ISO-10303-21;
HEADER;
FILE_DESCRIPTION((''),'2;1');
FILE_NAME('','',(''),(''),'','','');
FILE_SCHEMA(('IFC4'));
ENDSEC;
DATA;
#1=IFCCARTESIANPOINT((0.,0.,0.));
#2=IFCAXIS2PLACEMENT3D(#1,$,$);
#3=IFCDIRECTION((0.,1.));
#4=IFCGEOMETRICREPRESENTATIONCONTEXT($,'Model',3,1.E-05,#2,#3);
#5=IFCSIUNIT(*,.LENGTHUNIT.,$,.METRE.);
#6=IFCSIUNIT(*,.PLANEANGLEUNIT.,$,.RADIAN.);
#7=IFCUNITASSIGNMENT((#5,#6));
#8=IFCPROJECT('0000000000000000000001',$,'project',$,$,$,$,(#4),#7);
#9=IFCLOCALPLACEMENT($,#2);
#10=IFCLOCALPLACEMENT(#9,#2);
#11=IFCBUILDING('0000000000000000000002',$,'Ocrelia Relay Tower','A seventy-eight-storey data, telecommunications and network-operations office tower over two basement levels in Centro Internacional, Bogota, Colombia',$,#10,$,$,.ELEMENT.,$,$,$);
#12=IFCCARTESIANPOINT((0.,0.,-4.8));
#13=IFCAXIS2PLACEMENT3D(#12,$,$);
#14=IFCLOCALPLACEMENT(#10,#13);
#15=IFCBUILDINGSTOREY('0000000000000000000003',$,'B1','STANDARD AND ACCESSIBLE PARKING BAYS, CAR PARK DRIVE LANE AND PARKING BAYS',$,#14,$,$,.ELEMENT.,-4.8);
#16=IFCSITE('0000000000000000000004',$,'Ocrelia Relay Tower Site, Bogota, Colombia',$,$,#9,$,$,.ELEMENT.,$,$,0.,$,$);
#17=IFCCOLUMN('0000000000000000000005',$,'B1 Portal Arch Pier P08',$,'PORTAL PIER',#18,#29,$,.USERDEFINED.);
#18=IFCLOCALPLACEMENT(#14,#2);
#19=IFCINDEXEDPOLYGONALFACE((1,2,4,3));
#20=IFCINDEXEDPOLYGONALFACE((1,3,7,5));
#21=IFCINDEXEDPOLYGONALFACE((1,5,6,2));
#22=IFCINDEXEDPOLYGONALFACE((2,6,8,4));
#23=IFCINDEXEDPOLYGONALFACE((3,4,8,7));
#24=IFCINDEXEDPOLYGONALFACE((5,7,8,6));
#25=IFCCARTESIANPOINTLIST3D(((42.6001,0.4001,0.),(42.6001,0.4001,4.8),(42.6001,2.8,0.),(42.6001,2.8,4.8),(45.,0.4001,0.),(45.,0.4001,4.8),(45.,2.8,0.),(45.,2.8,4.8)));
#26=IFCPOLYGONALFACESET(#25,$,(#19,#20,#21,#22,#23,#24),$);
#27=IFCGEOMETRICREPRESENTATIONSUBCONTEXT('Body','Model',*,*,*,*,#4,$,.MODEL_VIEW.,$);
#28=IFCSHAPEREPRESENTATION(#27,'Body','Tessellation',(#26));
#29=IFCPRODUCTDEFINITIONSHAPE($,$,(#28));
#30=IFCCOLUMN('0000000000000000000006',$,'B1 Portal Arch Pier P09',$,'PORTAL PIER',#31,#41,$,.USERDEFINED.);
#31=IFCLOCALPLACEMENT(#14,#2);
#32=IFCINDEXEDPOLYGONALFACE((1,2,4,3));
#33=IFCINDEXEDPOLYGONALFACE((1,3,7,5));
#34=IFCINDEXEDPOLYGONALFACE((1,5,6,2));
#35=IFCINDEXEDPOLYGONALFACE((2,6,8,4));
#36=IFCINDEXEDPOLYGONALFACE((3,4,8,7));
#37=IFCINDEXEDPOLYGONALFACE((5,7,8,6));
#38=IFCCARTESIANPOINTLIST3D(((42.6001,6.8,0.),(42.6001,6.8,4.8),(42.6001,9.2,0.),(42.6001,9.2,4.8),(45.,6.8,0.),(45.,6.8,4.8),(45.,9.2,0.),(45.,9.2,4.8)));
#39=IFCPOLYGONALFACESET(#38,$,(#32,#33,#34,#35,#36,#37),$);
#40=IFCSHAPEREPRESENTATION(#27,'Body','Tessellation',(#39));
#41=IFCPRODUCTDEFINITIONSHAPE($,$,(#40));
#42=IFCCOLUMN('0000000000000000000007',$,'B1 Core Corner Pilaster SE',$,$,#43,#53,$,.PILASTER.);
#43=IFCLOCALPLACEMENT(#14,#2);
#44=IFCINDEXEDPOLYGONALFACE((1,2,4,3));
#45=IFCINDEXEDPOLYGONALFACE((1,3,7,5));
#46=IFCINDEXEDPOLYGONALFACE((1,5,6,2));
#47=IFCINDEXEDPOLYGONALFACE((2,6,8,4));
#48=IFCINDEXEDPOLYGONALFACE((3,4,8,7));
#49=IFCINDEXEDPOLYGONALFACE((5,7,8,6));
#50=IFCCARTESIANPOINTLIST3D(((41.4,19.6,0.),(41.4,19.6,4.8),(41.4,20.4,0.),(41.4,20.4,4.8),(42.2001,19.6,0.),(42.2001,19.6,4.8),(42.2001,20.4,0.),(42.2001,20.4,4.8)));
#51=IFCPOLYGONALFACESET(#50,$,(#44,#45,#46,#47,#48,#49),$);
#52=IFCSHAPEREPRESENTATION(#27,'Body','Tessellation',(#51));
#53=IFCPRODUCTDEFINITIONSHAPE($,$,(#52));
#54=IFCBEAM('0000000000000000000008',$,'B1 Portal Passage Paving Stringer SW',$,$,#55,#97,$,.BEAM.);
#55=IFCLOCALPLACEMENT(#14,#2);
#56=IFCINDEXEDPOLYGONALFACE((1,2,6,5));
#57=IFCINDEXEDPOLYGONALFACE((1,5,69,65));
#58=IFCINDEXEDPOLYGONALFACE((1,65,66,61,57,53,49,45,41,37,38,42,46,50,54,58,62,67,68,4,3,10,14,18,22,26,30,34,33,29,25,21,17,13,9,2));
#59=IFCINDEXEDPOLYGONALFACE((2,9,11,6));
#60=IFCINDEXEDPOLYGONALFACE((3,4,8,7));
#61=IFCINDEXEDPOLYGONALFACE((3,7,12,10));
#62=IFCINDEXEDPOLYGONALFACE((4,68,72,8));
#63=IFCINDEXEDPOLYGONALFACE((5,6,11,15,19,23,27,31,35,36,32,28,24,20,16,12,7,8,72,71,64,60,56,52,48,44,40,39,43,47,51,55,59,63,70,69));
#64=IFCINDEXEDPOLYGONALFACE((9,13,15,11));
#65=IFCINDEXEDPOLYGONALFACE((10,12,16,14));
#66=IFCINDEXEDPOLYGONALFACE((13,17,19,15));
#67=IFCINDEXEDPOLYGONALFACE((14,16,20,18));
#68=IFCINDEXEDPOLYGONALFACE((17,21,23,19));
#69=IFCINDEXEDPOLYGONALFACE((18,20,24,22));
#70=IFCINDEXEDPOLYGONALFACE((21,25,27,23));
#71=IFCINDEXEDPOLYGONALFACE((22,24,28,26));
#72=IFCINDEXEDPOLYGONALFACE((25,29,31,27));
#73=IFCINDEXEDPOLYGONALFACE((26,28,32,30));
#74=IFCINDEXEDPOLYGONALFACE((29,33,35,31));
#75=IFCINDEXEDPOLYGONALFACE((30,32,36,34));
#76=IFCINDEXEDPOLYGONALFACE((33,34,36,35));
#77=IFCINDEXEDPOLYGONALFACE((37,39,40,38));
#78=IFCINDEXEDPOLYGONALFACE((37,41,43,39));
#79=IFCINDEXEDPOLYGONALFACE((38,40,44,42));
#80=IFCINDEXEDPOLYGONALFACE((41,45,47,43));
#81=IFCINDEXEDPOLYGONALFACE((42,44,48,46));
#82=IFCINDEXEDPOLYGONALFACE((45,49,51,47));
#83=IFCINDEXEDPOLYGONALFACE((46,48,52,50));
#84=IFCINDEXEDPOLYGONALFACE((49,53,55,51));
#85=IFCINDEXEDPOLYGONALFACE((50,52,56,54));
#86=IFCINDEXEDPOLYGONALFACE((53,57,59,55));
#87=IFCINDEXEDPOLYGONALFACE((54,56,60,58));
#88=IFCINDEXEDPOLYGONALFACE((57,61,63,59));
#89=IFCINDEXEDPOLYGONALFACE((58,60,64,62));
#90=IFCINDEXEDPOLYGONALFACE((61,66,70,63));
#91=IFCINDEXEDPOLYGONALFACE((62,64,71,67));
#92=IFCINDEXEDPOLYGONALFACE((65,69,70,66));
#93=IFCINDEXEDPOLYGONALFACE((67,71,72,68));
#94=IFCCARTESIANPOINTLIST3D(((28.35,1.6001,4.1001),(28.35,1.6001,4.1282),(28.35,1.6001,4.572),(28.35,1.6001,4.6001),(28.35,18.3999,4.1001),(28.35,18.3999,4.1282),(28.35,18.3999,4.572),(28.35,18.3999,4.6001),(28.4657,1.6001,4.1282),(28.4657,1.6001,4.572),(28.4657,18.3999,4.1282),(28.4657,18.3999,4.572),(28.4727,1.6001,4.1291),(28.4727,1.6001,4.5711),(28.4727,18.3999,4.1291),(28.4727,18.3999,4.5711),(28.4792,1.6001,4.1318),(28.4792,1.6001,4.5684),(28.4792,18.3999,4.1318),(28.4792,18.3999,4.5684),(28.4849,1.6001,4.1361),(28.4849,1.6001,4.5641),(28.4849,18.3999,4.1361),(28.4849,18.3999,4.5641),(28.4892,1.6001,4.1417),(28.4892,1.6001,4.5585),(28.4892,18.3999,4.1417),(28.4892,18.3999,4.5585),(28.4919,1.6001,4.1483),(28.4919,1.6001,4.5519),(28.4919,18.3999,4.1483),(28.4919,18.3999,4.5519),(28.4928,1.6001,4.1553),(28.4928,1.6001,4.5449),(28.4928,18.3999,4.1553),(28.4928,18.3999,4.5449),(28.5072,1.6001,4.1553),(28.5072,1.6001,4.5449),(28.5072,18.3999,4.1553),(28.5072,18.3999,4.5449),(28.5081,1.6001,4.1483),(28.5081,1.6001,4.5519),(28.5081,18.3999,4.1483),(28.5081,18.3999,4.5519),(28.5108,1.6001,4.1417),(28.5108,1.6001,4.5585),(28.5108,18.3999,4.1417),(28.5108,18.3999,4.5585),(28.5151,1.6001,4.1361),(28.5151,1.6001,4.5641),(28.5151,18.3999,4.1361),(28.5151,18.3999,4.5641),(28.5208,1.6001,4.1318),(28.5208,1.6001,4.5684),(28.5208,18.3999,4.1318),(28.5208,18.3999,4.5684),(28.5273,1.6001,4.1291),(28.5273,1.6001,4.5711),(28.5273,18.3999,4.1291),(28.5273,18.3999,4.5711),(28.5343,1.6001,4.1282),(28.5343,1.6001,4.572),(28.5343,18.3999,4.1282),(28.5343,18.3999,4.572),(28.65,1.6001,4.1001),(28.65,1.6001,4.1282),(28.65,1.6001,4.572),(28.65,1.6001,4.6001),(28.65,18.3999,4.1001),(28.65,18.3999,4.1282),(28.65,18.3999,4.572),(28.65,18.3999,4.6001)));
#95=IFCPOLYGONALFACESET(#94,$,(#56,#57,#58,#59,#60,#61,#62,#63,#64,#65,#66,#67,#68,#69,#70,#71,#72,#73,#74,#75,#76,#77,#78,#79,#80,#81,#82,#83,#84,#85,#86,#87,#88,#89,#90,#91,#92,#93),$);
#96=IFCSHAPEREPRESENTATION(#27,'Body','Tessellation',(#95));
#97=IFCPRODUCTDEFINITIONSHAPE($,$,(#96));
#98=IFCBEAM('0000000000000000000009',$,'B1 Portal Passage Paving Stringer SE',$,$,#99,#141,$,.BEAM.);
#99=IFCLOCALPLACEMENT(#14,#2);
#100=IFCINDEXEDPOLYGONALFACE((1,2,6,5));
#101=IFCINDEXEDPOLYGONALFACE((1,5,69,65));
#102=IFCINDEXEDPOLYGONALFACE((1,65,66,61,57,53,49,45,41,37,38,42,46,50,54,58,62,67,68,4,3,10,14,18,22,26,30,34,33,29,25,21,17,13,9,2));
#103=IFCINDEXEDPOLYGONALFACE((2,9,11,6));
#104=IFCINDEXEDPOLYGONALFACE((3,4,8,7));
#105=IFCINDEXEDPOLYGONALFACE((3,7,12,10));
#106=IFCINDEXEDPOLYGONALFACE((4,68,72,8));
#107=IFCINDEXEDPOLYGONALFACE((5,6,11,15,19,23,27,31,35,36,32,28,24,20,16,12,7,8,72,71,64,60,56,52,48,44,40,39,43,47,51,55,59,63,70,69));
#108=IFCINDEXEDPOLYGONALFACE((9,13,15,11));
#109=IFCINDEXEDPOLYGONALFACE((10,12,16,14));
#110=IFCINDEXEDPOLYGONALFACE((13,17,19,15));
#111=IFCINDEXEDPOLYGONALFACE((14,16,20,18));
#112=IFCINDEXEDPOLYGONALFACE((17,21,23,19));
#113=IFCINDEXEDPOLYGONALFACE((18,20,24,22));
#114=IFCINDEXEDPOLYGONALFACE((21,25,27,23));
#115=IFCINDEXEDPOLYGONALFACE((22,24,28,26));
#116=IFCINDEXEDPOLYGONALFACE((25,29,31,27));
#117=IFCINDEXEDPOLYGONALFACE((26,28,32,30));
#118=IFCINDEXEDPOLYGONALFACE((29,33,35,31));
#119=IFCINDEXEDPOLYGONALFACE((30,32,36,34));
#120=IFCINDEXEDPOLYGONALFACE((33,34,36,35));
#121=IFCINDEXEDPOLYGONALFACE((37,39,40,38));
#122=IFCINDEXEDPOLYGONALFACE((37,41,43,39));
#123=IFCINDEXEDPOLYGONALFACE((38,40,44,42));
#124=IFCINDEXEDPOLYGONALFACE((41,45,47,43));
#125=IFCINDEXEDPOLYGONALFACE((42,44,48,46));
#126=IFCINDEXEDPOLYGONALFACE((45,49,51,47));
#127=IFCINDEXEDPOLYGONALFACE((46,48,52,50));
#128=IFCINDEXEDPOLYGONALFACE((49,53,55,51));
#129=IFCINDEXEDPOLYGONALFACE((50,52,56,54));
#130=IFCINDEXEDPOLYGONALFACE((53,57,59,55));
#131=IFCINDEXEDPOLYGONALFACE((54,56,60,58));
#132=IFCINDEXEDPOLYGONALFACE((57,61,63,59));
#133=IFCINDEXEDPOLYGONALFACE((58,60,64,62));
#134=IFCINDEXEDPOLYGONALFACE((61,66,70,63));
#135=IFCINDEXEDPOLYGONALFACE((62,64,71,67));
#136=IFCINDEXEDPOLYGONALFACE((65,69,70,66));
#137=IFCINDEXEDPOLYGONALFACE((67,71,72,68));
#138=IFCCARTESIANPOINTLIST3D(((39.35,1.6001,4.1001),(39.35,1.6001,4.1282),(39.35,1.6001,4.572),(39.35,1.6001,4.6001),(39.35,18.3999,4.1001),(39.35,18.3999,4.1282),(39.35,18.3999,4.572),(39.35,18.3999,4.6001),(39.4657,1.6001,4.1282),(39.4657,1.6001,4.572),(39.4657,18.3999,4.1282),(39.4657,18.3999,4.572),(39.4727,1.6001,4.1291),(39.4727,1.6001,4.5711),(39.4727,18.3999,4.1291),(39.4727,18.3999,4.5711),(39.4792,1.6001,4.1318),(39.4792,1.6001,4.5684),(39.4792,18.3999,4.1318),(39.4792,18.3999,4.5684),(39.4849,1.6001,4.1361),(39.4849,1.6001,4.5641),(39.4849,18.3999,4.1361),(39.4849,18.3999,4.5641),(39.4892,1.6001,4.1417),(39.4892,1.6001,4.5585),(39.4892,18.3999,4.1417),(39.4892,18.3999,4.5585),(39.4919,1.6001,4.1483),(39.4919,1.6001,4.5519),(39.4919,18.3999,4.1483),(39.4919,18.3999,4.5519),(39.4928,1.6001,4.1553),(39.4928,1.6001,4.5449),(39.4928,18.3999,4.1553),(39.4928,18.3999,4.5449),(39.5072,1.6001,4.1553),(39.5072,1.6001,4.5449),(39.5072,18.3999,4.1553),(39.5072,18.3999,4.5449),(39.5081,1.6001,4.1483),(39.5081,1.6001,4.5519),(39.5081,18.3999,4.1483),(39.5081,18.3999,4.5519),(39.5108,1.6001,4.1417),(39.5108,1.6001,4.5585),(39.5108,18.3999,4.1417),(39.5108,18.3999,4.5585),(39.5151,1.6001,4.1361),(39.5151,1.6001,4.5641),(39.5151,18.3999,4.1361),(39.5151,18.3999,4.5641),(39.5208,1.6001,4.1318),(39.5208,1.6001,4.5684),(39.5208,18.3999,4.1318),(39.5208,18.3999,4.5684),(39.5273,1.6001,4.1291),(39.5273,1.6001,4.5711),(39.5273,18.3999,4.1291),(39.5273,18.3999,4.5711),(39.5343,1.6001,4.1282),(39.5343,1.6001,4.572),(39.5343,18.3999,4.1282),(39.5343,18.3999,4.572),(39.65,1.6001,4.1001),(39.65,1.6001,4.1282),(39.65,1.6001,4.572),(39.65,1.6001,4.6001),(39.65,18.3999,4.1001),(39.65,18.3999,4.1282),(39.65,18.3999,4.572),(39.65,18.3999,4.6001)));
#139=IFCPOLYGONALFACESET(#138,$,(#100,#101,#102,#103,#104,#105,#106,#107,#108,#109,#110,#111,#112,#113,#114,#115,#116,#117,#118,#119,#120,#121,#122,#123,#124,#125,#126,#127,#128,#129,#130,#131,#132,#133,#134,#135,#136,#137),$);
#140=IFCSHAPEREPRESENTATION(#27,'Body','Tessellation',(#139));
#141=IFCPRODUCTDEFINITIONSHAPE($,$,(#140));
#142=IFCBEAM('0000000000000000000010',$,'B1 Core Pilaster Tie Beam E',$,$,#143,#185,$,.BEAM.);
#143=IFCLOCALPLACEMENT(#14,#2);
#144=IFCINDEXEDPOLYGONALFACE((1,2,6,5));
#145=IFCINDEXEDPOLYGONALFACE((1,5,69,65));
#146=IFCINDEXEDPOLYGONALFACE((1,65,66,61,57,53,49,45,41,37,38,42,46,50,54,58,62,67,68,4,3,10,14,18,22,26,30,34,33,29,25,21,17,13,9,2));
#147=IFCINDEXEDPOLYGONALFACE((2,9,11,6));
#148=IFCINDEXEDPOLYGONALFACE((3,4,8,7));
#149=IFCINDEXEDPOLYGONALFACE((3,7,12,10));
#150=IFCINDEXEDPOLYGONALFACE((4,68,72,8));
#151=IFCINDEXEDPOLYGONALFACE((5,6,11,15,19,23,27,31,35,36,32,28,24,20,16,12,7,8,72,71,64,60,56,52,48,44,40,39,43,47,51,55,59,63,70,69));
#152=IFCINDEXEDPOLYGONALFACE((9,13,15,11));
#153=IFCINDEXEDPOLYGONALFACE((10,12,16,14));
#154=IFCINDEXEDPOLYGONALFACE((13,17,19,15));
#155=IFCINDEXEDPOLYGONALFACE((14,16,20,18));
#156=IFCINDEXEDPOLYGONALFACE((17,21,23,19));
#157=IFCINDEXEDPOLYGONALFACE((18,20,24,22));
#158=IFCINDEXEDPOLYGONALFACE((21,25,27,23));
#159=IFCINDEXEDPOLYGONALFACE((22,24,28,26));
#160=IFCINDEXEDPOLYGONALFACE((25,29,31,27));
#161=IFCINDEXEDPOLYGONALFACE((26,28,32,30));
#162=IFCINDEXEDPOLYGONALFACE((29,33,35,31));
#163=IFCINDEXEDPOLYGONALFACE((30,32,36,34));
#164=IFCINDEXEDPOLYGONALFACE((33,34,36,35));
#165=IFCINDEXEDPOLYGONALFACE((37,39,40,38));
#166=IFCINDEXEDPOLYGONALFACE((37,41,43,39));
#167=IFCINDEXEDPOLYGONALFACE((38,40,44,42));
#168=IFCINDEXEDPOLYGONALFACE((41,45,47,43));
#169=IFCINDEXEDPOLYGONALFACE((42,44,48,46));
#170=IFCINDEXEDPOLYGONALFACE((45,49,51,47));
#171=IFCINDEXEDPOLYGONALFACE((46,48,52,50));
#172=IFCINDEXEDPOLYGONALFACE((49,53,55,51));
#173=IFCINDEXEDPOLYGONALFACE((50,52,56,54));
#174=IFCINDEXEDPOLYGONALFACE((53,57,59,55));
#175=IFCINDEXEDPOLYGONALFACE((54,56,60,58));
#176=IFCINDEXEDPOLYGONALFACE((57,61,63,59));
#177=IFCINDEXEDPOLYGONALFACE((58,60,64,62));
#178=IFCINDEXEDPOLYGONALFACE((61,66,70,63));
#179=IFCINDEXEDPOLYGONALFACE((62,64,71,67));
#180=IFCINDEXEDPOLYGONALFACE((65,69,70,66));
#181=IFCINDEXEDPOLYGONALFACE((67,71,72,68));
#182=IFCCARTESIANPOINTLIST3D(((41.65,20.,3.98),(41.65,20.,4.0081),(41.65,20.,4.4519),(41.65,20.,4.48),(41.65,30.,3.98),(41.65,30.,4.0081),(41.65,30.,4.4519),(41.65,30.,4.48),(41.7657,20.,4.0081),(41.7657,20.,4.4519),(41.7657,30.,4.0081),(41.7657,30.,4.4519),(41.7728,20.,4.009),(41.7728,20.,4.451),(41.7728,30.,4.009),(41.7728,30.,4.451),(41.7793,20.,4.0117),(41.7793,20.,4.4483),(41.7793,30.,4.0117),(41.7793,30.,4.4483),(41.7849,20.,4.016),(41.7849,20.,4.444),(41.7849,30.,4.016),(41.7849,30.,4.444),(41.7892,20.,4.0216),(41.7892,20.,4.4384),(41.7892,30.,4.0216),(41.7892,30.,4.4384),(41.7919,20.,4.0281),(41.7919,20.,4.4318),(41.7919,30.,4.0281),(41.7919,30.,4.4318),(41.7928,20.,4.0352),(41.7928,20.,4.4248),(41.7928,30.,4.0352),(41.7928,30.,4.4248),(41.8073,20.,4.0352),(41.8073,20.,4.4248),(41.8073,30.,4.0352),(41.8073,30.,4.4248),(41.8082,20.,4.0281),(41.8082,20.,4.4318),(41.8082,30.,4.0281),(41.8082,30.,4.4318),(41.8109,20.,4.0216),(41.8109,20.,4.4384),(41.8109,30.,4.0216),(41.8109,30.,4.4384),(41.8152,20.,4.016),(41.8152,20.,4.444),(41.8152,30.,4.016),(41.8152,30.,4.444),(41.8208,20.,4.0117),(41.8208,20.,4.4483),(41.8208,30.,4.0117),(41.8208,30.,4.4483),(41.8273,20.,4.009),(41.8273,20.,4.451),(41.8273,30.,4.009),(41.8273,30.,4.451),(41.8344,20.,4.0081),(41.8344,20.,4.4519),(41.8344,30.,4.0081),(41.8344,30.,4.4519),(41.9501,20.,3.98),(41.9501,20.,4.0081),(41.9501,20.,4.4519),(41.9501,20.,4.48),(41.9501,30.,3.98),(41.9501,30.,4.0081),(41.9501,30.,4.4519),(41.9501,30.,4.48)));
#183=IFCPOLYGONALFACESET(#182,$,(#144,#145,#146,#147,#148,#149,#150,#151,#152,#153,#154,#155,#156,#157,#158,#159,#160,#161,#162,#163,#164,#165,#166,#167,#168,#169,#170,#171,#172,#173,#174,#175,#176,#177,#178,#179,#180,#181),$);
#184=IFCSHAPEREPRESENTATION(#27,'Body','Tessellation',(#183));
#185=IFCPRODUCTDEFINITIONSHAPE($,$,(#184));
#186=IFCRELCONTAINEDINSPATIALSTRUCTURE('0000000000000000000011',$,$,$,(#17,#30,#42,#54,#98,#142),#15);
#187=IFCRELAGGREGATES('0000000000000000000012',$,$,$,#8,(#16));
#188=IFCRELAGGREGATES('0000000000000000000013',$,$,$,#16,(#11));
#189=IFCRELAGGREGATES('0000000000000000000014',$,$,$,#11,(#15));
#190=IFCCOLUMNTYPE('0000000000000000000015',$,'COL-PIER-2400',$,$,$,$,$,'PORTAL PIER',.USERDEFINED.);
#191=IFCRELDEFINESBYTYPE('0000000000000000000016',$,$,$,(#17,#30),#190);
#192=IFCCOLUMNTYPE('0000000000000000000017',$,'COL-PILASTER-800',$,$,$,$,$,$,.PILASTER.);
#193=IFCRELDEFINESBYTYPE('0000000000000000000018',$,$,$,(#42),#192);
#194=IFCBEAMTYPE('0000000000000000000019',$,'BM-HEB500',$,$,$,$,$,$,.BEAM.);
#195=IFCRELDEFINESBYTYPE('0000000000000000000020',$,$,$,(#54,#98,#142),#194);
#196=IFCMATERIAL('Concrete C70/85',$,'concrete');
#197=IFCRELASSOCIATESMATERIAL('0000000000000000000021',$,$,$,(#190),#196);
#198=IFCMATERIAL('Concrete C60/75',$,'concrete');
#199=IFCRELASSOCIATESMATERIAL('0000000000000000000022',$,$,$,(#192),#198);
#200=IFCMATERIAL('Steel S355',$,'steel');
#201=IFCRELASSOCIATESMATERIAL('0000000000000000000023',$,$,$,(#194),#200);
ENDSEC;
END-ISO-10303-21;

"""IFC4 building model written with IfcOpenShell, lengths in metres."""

from ifc_helpers import new_model, si_unit, direction, frame, origin, origin_2d, place, context, subcontext, project, spatial, rectangle, i_section, extrude, material, material_profile, profile_set, type_object, element, save


model = new_model("IFC4")

# Units and contexts
model_context = context("Model", 3, precision=1e-05, world=origin(), true_north=direction((0.0, 1.0)))
body_context = subcontext(model_context, "Body", "Model", "MODEL_VIEW")
ifc_project = project(units=[si_unit("LENGTHUNIT", "METRE"), si_unit("PLANEANGLEUNIT", "RADIAN")], contexts=[model_context])

# Site, building, storey
site_placement = place(None, origin())
site = spatial("IfcSite", under=ifc_project, at=site_placement, Name="Ocrelia Relay Tower Site, Bogota, Colombia", CompositionType="ELEMENT", RefElevation=0.0)
building_placement = place(site_placement, origin())
building = spatial("IfcBuilding", under=site, at=building_placement, Name="Ocrelia Relay Tower", Description="A seventy-eight-storey data, telecommunications and network-operations office tower over two basement levels in Centro Internacional, Bogota, Colombia", CompositionType="ELEMENT")
storey_placement = place(building_placement, frame((0.0, 0.0, -4.8)))
storey = spatial("IfcBuildingStorey", under=building, at=storey_placement, Name="B1", Description="STANDARD AND ACCESSIBLE PARKING BAYS, CAR PARK DRIVE LANE AND PARKING BAYS", CompositionType="ELEMENT", Elevation=-4.8)

# Columns
ifc_material_1 = material(Name="Concrete C70/85", Category="concrete")
ifc_material_profile_1 = material_profile(ifc_material_1, rectangle(XDim=2.3999, YDim=2.3999, at=origin_2d()), Name="RC-PIER-2400x2400")
ifc_profile_set_1 = profile_set([ifc_material_profile_1], Name="Concrete C70/85")
column_type_1 = type_object("IfcColumnType", Name="COL-PIER-2400", ElementType="PORTAL PIER", PredefinedType="USERDEFINED", material=ifc_profile_set_1)
for number, where, z_axis, x_axis, name in (
    (1, (43.8, 1.6001, 0.0), (0.0, 0.0, 1.0), (1.0, 0.0, 0.0), "B1 Portal Arch Pier P08"),
    (2, (43.8, 8.0, 0.0), (0.0, 0.0, 1.0), (1.0, 0.0, 0.0), "B1 Portal Arch Pier P09"),
):
    element("IfcColumn", number, at=place(storey_placement, frame(where, z_axis=z_axis, x_axis=x_axis)), inside=storey, type_object=column_type_1, Name=name, ObjectType="PORTAL PIER", PredefinedType="USERDEFINED", context=body_context, shape_type="SweptSolid", body=[
        extrude(rectangle(XDim=2.3999, YDim=2.3999, at=origin_2d()), origin(), (0.0, 0.0, 1.0), 4.8),
    ])
ifc_material_2 = material(Name="Concrete C60/75", Category="concrete")
ifc_material_profile_2 = material_profile(ifc_material_2, rectangle(XDim=0.8, YDim=0.8, at=origin_2d()), Name="RC-COL-800x800")
ifc_profile_set_2 = profile_set([ifc_material_profile_2], Name="Concrete C60/75")
column_type_2 = type_object("IfcColumnType", Name="COL-PILASTER-800", PredefinedType="PILASTER", material=ifc_profile_set_2)
column_placement = place(storey_placement, frame((41.8, 20.0, 0.0), z_axis=(0.0, 0.0, 1.0), x_axis=(1.0, 0.0, 0.0)))
element("IfcColumn", 3, at=column_placement, inside=storey, type_object=column_type_2, Name="B1 Core Corner Pilaster SE", PredefinedType="PILASTER", context=body_context, shape_type="SweptSolid", body=[
    extrude(rectangle(XDim=0.8, YDim=0.8, at=origin_2d()), origin(), (0.0, 0.0, 1.0), 4.8),
])

# Beams
ifc_material_3 = material(Name="Steel S355", Category="steel")
ifc_material_profile_3 = material_profile(ifc_material_3, i_section(OverallWidth=0.3, OverallDepth=0.5, WebThickness=0.0144, FlangeThickness=0.0281, FilletRadius=0.0271, at=origin_2d()), Name="HEB 500")
ifc_profile_set_3 = profile_set([ifc_material_profile_3], Name="Steel S355")
beam_type_1 = type_object("IfcBeamType", Name="BM-HEB500", PredefinedType="BEAM", material=ifc_profile_set_3)
for number, where, z_axis, x_axis, name in (
    (4, (28.5, 1.6001, 4.3501), (0.0, 1.0, 0.0), (-1.0, 0.0, 0.0), "B1 Portal Passage Paving Stringer SW"),
    (5, (39.5, 1.6001, 4.3501), (0.0, 1.0, 0.0), (-1.0, 0.0, 0.0), "B1 Portal Passage Paving Stringer SE"),
):
    element("IfcBeam", number, at=place(storey_placement, frame(where, z_axis=z_axis, x_axis=x_axis)), inside=storey, type_object=beam_type_1, Name=name, PredefinedType="BEAM", context=body_context, shape_type="SweptSolid", body=[
        extrude(i_section(OverallWidth=0.3, OverallDepth=0.5, WebThickness=0.0144, FlangeThickness=0.0281, FilletRadius=0.0271, at=origin_2d()), origin(), (0.0, 0.0, 1.0), 16.7998),
    ])
beam_1_placement = place(storey_placement, frame((41.8, 20.0, 4.23), z_axis=(0.0, 1.0, 0.0), x_axis=(-1.0, 0.0, 0.0)))
element("IfcBeam", 6, at=beam_1_placement, inside=storey, type_object=beam_type_1, Name="B1 Core Pilaster Tie Beam E", PredefinedType="BEAM", context=body_context, shape_type="SweptSolid", body=[
    extrude(i_section(OverallWidth=0.3, OverallDepth=0.5, WebThickness=0.0144, FlangeThickness=0.0281, FilletRadius=0.0271, at=origin_2d()), origin(), (0.0, 0.0, 1.0), 10.0),
])

save(model, "model.ifc")
